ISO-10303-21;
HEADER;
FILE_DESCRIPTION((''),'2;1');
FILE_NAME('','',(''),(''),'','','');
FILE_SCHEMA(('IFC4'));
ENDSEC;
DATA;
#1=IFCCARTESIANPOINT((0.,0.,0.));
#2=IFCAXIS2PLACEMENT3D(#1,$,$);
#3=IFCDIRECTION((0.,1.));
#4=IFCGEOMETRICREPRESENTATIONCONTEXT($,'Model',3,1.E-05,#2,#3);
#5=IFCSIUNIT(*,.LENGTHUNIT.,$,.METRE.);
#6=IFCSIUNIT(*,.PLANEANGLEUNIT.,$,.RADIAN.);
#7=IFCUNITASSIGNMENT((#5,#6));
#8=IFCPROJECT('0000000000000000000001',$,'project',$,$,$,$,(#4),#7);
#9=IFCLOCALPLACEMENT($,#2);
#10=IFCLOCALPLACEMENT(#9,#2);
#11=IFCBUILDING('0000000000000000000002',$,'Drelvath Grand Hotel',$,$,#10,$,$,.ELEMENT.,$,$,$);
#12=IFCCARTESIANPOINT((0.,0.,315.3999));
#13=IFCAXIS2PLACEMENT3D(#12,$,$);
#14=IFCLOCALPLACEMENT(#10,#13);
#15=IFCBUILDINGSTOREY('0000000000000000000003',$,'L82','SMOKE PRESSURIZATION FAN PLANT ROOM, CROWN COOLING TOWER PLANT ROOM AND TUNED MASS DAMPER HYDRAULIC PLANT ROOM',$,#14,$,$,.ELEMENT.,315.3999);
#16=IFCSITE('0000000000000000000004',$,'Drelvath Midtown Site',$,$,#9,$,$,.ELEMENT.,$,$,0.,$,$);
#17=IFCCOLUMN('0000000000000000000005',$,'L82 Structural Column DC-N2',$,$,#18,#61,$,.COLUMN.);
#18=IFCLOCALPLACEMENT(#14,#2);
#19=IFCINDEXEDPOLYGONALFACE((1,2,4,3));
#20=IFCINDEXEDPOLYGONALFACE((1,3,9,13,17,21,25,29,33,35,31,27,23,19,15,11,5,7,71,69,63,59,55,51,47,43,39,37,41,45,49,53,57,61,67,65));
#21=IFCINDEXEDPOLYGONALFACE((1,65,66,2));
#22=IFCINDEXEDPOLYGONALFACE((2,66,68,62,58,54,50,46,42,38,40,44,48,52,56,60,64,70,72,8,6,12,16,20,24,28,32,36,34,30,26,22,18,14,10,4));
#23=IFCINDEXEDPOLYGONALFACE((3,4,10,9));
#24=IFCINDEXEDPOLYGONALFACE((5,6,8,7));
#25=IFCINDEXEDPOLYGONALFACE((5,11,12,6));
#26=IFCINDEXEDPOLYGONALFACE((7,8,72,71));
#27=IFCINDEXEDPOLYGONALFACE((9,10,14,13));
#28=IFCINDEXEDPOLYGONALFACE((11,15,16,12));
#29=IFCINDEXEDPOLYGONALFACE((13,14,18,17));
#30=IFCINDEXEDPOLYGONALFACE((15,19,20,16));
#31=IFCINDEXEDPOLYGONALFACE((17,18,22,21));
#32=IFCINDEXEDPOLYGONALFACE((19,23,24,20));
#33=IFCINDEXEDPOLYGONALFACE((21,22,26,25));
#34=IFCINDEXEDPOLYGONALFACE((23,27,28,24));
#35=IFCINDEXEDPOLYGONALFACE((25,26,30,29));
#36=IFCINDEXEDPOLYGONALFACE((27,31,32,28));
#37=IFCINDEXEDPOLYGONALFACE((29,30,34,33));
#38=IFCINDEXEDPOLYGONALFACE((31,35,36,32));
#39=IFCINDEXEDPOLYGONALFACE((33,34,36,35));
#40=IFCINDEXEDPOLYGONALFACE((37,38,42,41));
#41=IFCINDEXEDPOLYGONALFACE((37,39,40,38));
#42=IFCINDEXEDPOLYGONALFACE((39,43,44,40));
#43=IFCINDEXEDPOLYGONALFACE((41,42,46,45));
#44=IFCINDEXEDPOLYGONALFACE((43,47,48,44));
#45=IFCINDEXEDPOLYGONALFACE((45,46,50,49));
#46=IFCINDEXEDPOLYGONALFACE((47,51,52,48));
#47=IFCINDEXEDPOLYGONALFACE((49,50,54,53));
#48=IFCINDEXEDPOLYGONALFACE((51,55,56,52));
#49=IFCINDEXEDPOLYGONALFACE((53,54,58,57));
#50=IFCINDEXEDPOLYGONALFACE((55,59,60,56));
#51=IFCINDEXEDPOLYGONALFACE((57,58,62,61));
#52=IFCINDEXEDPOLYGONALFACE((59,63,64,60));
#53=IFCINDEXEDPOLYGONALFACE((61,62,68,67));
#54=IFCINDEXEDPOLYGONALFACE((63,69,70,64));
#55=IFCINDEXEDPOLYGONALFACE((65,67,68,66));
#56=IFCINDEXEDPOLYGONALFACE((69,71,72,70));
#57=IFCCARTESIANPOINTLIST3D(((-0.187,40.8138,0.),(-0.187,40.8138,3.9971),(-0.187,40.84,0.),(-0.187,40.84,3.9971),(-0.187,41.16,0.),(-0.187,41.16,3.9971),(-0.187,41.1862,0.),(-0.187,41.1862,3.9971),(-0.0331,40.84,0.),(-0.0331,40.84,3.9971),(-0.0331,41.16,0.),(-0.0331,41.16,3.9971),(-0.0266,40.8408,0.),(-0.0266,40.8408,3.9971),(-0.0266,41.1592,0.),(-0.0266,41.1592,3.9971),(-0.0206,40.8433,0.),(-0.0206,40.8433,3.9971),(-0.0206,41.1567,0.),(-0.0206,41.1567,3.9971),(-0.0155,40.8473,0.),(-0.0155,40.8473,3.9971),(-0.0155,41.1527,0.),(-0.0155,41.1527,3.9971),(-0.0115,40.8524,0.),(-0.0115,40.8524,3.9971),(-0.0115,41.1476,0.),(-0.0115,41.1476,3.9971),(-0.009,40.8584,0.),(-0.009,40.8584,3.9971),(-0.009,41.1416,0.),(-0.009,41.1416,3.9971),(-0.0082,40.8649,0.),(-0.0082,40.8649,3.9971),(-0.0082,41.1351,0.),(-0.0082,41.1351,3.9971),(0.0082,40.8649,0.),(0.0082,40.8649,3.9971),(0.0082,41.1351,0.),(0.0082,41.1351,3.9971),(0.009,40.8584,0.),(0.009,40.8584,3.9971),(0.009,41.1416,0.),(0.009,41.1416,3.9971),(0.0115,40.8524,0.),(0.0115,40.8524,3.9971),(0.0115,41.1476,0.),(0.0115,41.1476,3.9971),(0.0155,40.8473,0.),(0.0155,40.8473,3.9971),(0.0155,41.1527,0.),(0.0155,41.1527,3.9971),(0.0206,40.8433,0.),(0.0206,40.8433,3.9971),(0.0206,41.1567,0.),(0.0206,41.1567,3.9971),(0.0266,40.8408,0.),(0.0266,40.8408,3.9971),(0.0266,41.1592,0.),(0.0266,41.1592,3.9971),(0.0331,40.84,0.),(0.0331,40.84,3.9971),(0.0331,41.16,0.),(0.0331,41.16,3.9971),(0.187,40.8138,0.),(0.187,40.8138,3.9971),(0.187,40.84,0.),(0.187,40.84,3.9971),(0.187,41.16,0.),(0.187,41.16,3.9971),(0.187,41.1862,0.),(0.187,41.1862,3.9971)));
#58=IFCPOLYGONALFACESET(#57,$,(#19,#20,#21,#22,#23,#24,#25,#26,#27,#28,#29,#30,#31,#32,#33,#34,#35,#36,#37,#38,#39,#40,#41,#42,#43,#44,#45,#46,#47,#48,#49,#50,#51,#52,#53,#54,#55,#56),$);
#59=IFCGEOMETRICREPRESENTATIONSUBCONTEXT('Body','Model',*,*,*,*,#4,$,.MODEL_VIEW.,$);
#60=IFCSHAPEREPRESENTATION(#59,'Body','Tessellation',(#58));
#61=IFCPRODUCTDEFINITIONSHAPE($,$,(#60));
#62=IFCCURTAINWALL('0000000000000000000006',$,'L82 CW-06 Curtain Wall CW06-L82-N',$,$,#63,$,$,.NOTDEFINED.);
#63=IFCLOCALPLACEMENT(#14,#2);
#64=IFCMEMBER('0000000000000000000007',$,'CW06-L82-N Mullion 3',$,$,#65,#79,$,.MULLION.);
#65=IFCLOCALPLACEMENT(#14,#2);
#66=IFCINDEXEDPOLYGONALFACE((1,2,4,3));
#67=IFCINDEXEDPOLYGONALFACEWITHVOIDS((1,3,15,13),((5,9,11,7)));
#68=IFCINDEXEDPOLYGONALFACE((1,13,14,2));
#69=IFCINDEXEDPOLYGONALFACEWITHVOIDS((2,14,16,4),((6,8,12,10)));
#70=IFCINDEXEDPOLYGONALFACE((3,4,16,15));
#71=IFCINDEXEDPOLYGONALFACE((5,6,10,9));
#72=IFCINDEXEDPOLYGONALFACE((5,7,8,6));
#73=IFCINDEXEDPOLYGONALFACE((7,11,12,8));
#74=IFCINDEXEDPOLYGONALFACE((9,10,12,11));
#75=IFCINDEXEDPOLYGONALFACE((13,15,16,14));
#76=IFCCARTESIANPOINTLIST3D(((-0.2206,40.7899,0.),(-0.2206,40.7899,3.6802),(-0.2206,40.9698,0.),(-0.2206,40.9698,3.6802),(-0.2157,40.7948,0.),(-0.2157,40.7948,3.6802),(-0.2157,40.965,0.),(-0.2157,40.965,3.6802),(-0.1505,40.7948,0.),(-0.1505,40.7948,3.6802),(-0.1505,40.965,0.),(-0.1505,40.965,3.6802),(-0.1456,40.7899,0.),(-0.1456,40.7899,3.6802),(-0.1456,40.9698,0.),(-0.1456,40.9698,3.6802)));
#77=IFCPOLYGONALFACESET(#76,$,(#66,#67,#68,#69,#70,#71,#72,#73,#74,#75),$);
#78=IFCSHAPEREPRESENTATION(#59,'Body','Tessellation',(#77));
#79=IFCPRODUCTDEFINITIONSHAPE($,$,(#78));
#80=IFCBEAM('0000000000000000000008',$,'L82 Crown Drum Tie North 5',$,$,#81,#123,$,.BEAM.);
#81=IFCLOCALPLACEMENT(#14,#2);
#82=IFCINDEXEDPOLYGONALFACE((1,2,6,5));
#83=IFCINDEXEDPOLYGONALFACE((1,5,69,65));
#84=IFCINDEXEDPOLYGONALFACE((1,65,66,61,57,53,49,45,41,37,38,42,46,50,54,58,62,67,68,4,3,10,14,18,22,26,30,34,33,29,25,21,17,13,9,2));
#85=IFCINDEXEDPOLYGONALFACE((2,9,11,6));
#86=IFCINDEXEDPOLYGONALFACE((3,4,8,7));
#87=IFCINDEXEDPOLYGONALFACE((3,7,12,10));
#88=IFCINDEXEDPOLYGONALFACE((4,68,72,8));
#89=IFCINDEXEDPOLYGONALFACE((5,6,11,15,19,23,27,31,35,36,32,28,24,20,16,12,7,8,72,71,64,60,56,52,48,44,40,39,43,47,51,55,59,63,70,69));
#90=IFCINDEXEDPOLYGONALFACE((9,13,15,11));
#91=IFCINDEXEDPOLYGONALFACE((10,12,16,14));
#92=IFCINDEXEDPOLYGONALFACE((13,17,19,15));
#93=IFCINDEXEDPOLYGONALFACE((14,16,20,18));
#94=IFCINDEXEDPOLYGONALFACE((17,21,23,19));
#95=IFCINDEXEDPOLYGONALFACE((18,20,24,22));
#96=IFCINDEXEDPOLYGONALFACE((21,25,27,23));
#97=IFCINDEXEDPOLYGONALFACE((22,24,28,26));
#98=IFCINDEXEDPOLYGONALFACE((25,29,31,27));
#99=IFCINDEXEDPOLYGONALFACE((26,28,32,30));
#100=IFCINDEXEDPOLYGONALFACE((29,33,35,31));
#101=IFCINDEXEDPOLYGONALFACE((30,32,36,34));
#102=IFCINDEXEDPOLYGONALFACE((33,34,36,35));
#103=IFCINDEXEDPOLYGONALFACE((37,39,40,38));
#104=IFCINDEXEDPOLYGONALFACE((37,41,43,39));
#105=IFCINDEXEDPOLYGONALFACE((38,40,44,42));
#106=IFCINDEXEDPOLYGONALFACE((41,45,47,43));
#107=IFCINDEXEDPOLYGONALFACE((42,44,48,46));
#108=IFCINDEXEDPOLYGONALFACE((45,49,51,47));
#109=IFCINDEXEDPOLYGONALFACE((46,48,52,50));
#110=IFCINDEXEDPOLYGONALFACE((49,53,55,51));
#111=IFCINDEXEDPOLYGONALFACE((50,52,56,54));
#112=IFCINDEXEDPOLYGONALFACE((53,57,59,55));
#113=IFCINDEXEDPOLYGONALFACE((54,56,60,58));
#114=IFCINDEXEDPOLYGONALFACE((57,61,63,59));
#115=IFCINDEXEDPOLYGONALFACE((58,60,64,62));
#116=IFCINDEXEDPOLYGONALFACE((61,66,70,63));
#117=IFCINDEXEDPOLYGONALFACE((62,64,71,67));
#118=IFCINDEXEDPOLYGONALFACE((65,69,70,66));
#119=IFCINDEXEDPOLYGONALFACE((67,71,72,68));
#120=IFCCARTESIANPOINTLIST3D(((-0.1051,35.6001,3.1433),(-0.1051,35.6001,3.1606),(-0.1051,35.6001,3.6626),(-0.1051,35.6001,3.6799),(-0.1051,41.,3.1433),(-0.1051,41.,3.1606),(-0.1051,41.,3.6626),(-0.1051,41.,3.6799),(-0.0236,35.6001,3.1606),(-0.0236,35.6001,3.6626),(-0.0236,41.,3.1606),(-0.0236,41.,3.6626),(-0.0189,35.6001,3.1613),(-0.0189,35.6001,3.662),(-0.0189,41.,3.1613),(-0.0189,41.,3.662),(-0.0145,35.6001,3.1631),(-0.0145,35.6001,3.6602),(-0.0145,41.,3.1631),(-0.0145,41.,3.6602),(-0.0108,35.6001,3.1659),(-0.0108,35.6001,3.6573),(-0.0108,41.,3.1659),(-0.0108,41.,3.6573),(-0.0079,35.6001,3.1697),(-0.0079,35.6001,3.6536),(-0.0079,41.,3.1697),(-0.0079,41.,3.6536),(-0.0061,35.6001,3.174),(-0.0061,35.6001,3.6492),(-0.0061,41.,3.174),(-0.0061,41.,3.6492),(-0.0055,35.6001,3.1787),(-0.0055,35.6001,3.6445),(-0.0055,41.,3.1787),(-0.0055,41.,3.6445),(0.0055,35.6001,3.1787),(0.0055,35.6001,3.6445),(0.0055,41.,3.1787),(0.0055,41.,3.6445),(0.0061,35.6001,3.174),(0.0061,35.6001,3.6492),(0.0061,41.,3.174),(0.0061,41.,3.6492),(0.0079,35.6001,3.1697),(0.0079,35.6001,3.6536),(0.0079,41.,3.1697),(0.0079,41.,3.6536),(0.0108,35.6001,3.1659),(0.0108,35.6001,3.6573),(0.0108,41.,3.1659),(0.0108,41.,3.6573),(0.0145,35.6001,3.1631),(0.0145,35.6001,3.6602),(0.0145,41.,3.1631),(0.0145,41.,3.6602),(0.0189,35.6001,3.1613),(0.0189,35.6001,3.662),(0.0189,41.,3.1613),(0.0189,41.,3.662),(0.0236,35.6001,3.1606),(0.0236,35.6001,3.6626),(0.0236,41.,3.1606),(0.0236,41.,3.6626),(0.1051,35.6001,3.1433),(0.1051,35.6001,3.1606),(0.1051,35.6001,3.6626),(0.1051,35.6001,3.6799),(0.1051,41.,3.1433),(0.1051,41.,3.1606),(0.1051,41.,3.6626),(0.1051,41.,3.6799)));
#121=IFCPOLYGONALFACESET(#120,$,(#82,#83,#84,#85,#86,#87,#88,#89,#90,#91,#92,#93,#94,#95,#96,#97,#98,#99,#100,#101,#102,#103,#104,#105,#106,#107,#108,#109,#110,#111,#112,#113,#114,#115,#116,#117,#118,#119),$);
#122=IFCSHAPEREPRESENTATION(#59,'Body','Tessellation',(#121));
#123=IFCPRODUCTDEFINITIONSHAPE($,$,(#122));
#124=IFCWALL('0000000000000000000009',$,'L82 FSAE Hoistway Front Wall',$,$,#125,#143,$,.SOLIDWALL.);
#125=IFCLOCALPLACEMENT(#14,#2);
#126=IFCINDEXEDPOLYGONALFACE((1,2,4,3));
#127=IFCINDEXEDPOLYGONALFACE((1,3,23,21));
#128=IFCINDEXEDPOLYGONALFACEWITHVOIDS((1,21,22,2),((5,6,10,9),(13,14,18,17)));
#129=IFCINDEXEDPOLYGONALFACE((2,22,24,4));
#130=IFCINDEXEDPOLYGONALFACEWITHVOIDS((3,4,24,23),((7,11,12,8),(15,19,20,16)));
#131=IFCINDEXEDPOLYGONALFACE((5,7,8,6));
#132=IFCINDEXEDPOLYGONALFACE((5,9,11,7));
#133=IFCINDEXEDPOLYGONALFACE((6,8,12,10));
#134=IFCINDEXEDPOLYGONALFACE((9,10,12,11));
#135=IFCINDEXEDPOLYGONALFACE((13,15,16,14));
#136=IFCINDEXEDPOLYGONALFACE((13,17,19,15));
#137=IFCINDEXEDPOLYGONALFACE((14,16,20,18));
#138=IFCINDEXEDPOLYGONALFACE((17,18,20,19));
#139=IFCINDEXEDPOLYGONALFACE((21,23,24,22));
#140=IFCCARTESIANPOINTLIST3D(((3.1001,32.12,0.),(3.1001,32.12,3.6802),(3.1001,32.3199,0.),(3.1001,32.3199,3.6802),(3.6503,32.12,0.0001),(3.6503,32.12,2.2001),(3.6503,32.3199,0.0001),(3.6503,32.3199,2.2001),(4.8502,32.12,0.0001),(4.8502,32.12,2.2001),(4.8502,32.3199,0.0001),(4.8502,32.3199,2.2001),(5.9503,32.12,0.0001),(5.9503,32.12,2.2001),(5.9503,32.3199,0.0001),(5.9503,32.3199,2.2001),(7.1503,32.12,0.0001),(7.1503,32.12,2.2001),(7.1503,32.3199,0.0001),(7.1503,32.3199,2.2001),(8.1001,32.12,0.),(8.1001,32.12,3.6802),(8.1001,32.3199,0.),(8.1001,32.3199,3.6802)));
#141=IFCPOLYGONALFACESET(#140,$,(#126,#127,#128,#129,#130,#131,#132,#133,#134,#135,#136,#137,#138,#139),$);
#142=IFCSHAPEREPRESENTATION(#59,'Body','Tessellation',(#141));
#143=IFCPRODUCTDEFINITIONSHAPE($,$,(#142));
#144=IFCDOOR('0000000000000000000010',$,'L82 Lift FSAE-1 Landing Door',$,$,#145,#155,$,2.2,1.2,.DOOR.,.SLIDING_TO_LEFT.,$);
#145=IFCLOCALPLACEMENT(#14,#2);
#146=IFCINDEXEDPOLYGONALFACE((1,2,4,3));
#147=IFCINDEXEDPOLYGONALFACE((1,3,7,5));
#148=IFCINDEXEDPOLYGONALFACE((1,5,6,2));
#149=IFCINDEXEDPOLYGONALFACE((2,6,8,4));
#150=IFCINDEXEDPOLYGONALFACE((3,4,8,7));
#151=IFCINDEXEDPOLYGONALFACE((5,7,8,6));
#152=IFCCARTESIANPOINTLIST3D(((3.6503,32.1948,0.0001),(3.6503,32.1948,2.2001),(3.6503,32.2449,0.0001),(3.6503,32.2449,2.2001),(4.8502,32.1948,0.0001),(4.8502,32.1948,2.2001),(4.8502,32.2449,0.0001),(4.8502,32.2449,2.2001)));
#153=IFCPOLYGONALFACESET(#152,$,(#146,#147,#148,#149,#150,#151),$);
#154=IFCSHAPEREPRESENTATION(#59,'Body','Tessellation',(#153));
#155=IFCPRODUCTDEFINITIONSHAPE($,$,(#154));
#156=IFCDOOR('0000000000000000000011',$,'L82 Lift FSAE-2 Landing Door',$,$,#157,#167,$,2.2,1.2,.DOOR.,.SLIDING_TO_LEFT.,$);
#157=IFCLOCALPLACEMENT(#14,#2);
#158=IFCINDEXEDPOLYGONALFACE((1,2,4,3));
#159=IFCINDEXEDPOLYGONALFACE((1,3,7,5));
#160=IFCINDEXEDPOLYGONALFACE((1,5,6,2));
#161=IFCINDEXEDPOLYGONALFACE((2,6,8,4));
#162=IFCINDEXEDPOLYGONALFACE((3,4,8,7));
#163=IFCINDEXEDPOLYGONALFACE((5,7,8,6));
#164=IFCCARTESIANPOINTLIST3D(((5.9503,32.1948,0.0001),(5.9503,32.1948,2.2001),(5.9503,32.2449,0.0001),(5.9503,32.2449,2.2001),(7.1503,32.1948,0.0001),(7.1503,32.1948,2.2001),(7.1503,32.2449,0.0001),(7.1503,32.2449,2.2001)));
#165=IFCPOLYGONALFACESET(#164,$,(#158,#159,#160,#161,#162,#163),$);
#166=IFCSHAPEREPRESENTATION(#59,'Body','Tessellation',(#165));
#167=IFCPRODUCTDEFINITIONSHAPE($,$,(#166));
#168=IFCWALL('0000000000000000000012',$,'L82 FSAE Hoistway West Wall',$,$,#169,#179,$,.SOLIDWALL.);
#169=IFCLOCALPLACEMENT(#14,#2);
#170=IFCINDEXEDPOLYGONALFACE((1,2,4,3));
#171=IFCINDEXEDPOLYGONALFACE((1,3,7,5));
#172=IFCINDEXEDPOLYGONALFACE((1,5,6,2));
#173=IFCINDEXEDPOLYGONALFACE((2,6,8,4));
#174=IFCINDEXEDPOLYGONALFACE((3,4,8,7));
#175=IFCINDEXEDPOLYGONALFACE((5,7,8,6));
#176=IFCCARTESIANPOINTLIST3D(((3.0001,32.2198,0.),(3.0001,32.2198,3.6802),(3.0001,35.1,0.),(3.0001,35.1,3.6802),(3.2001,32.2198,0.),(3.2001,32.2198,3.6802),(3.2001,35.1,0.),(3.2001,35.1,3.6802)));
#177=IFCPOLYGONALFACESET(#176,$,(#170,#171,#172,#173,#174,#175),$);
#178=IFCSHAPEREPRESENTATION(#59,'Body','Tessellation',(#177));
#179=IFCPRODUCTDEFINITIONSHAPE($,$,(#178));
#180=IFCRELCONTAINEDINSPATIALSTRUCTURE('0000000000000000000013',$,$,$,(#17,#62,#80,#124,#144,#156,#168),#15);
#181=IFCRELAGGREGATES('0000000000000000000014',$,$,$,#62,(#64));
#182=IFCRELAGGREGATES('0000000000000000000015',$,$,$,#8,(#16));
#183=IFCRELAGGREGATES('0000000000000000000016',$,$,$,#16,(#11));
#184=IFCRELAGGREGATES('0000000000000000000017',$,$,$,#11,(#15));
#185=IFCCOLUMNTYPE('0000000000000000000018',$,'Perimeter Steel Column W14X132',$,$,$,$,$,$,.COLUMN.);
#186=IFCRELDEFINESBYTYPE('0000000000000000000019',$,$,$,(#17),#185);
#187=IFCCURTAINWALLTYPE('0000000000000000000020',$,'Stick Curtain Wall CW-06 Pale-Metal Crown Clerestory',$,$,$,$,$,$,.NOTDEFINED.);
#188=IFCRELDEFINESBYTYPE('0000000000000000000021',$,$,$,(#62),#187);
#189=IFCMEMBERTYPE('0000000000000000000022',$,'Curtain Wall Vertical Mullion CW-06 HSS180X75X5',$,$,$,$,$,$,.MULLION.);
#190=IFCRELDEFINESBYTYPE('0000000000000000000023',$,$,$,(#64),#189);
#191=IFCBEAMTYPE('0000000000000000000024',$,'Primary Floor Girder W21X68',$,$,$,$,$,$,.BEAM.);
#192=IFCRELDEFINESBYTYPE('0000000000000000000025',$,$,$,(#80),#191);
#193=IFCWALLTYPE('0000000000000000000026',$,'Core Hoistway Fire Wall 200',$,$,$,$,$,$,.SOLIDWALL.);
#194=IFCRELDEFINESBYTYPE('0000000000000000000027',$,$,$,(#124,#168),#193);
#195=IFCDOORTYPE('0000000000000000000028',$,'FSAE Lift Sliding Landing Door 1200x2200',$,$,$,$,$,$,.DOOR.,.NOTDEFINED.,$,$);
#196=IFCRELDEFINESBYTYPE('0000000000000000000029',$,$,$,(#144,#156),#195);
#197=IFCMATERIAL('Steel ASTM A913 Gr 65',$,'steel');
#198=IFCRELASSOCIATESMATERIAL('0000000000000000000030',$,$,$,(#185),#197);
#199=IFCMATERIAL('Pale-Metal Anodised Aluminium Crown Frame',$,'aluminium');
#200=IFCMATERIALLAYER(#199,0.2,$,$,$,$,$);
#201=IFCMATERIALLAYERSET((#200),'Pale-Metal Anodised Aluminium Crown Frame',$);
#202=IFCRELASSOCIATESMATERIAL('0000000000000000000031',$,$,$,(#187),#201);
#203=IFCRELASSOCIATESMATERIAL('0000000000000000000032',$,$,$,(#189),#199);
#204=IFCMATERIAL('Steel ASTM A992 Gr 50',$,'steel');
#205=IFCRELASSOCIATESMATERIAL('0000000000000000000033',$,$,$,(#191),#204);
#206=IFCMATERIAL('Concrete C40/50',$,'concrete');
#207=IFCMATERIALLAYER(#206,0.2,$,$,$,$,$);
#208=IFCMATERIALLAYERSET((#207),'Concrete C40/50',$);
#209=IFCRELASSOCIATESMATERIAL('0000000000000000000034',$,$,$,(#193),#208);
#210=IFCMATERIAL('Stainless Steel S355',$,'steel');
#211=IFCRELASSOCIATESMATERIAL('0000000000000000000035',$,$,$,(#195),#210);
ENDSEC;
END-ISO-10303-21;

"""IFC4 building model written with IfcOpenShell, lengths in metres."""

from ifc_helpers import new_model, si_unit, direction, frame, frame_2d, origin, origin_2d, place, context, subcontext, project, spatial, rectangle, hollow_rectangle, i_section, extrude, material, layer, layer_set, material_profile, profile_set, type_object, element, fill, aggregate, save


model = new_model("IFC4")

# Units and contexts
model_context = context("Model", 3, precision=1e-05, world=origin(), true_north=direction((0.0, 1.0)))
body_context = subcontext(model_context, "Body", "Model", "MODEL_VIEW")
ifc_project = project(units=[si_unit("LENGTHUNIT", "METRE"), si_unit("PLANEANGLEUNIT", "RADIAN")], contexts=[model_context])

# Site, building, storey
site_placement = place(None, origin())
site = spatial("IfcSite", under=ifc_project, at=site_placement, Name="Drelvath Midtown Site", CompositionType="ELEMENT", RefElevation=0.0)
building_placement = place(site_placement, origin())
building = spatial("IfcBuilding", under=site, at=building_placement, Name="Drelvath Grand Hotel", CompositionType="ELEMENT")
storey_placement = place(building_placement, frame((0.0, 0.0, 315.3999)))
storey = spatial("IfcBuildingStorey", under=building, at=storey_placement, Name="L82", Description="SMOKE PRESSURIZATION FAN PLANT ROOM, CROWN COOLING TOWER PLANT ROOM AND TUNED MASS DAMPER HYDRAULIC PLANT ROOM", CompositionType="ELEMENT", Elevation=315.3999)

# Column
ifc_material_1 = material(Name="Steel ASTM A913 Gr 65", Category="steel")
ifc_material_profile_1 = material_profile(ifc_material_1, i_section(OverallWidth=0.374, OverallDepth=0.3723, WebThickness=0.0164, FlangeThickness=0.0261, FilletRadius=0.0249, at=origin_2d()), Name="W14X132")
ifc_profile_set_1 = profile_set([ifc_material_profile_1], Name="Steel ASTM A913 Gr 65")
column_type = type_object("IfcColumnType", Name="Perimeter Steel Column W14X132", PredefinedType="COLUMN", material=ifc_profile_set_1)
column_placement = place(storey_placement, frame((0.0, 41.0, 0.0), z_axis=(0.0, 0.0, 1.0), x_axis=(1.0, 0.0, 0.0)))
element("IfcColumn", 1, at=column_placement, inside=storey, type_object=column_type, Name="L82 Structural Column DC-N2", PredefinedType="COLUMN", context=body_context, shape_type="SweptSolid", body=[
    extrude(i_section(OverallWidth=0.374, OverallDepth=0.3723, WebThickness=0.0164, FlangeThickness=0.0261, FilletRadius=0.0249, at=origin_2d()), origin(), (0.0, 0.0, 1.0), 3.9971),
])

# Curtain wall, member
ifc_material_2 = material(Name="Pale-Metal Anodised Aluminium Crown Frame", Category="aluminium")
ifc_layer_1 = layer(ifc_material_2, 0.2)
ifc_layer_set_1 = layer_set([ifc_layer_1], Name="Pale-Metal Anodised Aluminium Crown Frame")
curtain_wall_type = type_object("IfcCurtainWallType", Name="Stick Curtain Wall CW-06 Pale-Metal Crown Clerestory", PredefinedType="NOTDEFINED", material=ifc_layer_set_1)
curtain_wall_placement = place(storey_placement, origin())
curtain_wall = element("IfcCurtainWall", 2, at=curtain_wall_placement, inside=storey, type_object=curtain_wall_type, Name="L82 CW-06 Curtain Wall CW06-L82-N", PredefinedType="NOTDEFINED")
ifc_material_profile_2 = material_profile(ifc_material_2, hollow_rectangle(XDim=0.075, YDim=0.1799, WallThickness=0.0049, at=origin_2d()), Name="HSS180X75X5")
ifc_profile_set_2 = profile_set([ifc_material_profile_2], Name="Pale-Metal Anodised Aluminium Crown Frame")
member_type = type_object("IfcMemberType", Name="Curtain Wall Vertical Mullion CW-06 HSS180X75X5", PredefinedType="MULLION", material=ifc_profile_set_2)
member_placement = place(storey_placement, frame((-0.1831, 40.8799, 0.0), z_axis=(0.0, 0.0, 1.0), x_axis=(1.0, 0.0, 0.0)))
member = element("IfcMember", 3, at=member_placement, type_object=member_type, Name="CW06-L82-N Mullion 3", PredefinedType="MULLION", context=body_context, shape_type="SweptSolid", body=[
    extrude(hollow_rectangle(XDim=0.075, YDim=0.1799, WallThickness=0.0049, at=origin_2d()), origin(), (0.0, 0.0, 1.0), 3.6802),
])
aggregate(curtain_wall, [member])

# Beam
ifc_material_3 = material(Name="Steel ASTM A992 Gr 50", Category="steel")
ifc_material_profile_3 = material_profile(ifc_material_3, i_section(OverallWidth=0.2102, OverallDepth=0.5366, WebThickness=0.011, FlangeThickness=0.0173, FilletRadius=0.0181, at=origin_2d()), Name="W21X68")
ifc_profile_set_3 = profile_set([ifc_material_profile_3], Name="Steel ASTM A992 Gr 50")
beam_type = type_object("IfcBeamType", Name="Primary Floor Girder W21X68", PredefinedType="BEAM", material=ifc_profile_set_3)
beam_placement = place(storey_placement, frame((0.0, 35.6001, 3.4116), z_axis=(0.0, 1.0, 0.0), x_axis=(-1.0, 0.0, 0.0)))
element("IfcBeam", 4, at=beam_placement, inside=storey, type_object=beam_type, Name="L82 Crown Drum Tie North 5", PredefinedType="BEAM", context=body_context, shape_type="SweptSolid", body=[
    extrude(i_section(OverallWidth=0.2102, OverallDepth=0.5366, WebThickness=0.011, FlangeThickness=0.0173, FilletRadius=0.0181, at=origin_2d()), origin(), (0.0, 0.0, 1.0), 5.3999),
])

# Wall, openings, doors
ifc_material_4 = material(Name="Concrete C40/50", Category="concrete")
ifc_layer_2 = layer(ifc_material_4, 0.2)
ifc_layer_set_2 = layer_set([ifc_layer_2], Name="Concrete C40/50")
wall_type_1 = type_object("IfcWallType", Name="Core Hoistway Fire Wall 200", PredefinedType="SOLIDWALL", material=ifc_layer_set_2)
wall_1_placement = place(storey_placement, frame((3.1001, 32.22, 0.0), z_axis=(0.0, 0.0, 1.0), x_axis=(1.0, 0.0, 0.0)))
wall_1 = element("IfcWall", 5, at=wall_1_placement, inside=storey, type_object=wall_type_1, Name="L82 FSAE Hoistway Front Wall", PredefinedType="SOLIDWALL", context=body_context, shape_type="SweptSolid", body=[
    extrude(rectangle(XDim=5.0, YDim=0.2, at=frame_2d((2.5, 0.0))), origin(), (0.0, 0.0, 1.0), 3.6802),
])
opening_1_placement = place(wall_1_placement, frame((0.55, 0.0, 0.0)))
opening_1 = element("IfcOpeningElement", 6, at=opening_1_placement, cuts=wall_1, PredefinedType="OPENING", context=body_context, shape_type="SweptSolid", body=[
    extrude(rectangle(XDim=1.2, YDim=2.2, at=frame_2d((0.6001, 1.1001))), frame((0.0, 0.1099, 0.0), z_axis=(0.0, -1.0, 0.0), x_axis=(1.0, 0.0, 0.0)), (0.0, 0.0, 1.0), 0.22),
])
opening_2_placement = place(wall_1_placement, frame((2.8501, 0.0, 0.0)))
opening_2 = element("IfcOpeningElement", 7, at=opening_2_placement, cuts=wall_1, PredefinedType="OPENING", context=body_context, shape_type="SweptSolid", body=[
    extrude(rectangle(XDim=1.2, YDim=2.2, at=frame_2d((0.6001, 1.1001))), frame((0.0, 0.1099, 0.0), z_axis=(0.0, -1.0, 0.0), x_axis=(1.0, 0.0, 0.0)), (0.0, 0.0, 1.0), 0.22),
])
ifc_material_5 = material(Name="Stainless Steel S355", Category="steel")
door_type_1 = type_object("IfcDoorType", Name="FSAE Lift Sliding Landing Door 1200x2200", OperationType="NOTDEFINED", PredefinedType="DOOR", material=ifc_material_5)
door_1_placement = place(opening_1_placement, origin())
door_1 = element("IfcDoor", 8, at=door_1_placement, inside=storey, type_object=door_type_1, Name="L82 Lift FSAE-1 Landing Door", OperationType="SLIDING_TO_LEFT", OverallHeight=2.2, OverallWidth=1.2, PredefinedType="DOOR", context=body_context, shape_type="SweptSolid", body=[
    extrude(rectangle(XDim=1.2, YDim=2.2, at=frame_2d((0.6001, 1.1001))), frame((0.0, 0.0249, 0.0), z_axis=(0.0, -1.0, 0.0), x_axis=(1.0, 0.0, 0.0)), (0.0, 0.0, 1.0), 0.05),
])
fill(opening_1, door_1)
door_2_placement = place(opening_2_placement, origin())
door_2 = element("IfcDoor", 9, at=door_2_placement, inside=storey, type_object=door_type_1, Name="L82 Lift FSAE-2 Landing Door", OperationType="SLIDING_TO_LEFT", OverallHeight=2.2, OverallWidth=1.2, PredefinedType="DOOR", context=body_context, shape_type="SweptSolid", body=[
    extrude(rectangle(XDim=1.2, YDim=2.2, at=frame_2d((0.6001, 1.1001))), frame((0.0, 0.0249, 0.0), z_axis=(0.0, -1.0, 0.0), x_axis=(1.0, 0.0, 0.0)), (0.0, 0.0, 1.0), 0.05),
])
fill(opening_2, door_2)

# Wall
wall_2_placement = place(storey_placement, frame((3.1001, 32.22, 0.0), z_axis=(0.0, 0.0, 1.0), x_axis=(0.0, 1.0, 0.0)))
element("IfcWall", 10, at=wall_2_placement, inside=storey, type_object=wall_type_1, Name="L82 FSAE Hoistway West Wall", PredefinedType="SOLIDWALL", context=body_context, shape_type="SweptSolid", body=[
    extrude(rectangle(XDim=2.8801, YDim=0.2, at=frame_2d((1.4399, 0.0))), origin(), (0.0, 0.0, 1.0), 3.6802),
])

save(model, "model.ifc")
